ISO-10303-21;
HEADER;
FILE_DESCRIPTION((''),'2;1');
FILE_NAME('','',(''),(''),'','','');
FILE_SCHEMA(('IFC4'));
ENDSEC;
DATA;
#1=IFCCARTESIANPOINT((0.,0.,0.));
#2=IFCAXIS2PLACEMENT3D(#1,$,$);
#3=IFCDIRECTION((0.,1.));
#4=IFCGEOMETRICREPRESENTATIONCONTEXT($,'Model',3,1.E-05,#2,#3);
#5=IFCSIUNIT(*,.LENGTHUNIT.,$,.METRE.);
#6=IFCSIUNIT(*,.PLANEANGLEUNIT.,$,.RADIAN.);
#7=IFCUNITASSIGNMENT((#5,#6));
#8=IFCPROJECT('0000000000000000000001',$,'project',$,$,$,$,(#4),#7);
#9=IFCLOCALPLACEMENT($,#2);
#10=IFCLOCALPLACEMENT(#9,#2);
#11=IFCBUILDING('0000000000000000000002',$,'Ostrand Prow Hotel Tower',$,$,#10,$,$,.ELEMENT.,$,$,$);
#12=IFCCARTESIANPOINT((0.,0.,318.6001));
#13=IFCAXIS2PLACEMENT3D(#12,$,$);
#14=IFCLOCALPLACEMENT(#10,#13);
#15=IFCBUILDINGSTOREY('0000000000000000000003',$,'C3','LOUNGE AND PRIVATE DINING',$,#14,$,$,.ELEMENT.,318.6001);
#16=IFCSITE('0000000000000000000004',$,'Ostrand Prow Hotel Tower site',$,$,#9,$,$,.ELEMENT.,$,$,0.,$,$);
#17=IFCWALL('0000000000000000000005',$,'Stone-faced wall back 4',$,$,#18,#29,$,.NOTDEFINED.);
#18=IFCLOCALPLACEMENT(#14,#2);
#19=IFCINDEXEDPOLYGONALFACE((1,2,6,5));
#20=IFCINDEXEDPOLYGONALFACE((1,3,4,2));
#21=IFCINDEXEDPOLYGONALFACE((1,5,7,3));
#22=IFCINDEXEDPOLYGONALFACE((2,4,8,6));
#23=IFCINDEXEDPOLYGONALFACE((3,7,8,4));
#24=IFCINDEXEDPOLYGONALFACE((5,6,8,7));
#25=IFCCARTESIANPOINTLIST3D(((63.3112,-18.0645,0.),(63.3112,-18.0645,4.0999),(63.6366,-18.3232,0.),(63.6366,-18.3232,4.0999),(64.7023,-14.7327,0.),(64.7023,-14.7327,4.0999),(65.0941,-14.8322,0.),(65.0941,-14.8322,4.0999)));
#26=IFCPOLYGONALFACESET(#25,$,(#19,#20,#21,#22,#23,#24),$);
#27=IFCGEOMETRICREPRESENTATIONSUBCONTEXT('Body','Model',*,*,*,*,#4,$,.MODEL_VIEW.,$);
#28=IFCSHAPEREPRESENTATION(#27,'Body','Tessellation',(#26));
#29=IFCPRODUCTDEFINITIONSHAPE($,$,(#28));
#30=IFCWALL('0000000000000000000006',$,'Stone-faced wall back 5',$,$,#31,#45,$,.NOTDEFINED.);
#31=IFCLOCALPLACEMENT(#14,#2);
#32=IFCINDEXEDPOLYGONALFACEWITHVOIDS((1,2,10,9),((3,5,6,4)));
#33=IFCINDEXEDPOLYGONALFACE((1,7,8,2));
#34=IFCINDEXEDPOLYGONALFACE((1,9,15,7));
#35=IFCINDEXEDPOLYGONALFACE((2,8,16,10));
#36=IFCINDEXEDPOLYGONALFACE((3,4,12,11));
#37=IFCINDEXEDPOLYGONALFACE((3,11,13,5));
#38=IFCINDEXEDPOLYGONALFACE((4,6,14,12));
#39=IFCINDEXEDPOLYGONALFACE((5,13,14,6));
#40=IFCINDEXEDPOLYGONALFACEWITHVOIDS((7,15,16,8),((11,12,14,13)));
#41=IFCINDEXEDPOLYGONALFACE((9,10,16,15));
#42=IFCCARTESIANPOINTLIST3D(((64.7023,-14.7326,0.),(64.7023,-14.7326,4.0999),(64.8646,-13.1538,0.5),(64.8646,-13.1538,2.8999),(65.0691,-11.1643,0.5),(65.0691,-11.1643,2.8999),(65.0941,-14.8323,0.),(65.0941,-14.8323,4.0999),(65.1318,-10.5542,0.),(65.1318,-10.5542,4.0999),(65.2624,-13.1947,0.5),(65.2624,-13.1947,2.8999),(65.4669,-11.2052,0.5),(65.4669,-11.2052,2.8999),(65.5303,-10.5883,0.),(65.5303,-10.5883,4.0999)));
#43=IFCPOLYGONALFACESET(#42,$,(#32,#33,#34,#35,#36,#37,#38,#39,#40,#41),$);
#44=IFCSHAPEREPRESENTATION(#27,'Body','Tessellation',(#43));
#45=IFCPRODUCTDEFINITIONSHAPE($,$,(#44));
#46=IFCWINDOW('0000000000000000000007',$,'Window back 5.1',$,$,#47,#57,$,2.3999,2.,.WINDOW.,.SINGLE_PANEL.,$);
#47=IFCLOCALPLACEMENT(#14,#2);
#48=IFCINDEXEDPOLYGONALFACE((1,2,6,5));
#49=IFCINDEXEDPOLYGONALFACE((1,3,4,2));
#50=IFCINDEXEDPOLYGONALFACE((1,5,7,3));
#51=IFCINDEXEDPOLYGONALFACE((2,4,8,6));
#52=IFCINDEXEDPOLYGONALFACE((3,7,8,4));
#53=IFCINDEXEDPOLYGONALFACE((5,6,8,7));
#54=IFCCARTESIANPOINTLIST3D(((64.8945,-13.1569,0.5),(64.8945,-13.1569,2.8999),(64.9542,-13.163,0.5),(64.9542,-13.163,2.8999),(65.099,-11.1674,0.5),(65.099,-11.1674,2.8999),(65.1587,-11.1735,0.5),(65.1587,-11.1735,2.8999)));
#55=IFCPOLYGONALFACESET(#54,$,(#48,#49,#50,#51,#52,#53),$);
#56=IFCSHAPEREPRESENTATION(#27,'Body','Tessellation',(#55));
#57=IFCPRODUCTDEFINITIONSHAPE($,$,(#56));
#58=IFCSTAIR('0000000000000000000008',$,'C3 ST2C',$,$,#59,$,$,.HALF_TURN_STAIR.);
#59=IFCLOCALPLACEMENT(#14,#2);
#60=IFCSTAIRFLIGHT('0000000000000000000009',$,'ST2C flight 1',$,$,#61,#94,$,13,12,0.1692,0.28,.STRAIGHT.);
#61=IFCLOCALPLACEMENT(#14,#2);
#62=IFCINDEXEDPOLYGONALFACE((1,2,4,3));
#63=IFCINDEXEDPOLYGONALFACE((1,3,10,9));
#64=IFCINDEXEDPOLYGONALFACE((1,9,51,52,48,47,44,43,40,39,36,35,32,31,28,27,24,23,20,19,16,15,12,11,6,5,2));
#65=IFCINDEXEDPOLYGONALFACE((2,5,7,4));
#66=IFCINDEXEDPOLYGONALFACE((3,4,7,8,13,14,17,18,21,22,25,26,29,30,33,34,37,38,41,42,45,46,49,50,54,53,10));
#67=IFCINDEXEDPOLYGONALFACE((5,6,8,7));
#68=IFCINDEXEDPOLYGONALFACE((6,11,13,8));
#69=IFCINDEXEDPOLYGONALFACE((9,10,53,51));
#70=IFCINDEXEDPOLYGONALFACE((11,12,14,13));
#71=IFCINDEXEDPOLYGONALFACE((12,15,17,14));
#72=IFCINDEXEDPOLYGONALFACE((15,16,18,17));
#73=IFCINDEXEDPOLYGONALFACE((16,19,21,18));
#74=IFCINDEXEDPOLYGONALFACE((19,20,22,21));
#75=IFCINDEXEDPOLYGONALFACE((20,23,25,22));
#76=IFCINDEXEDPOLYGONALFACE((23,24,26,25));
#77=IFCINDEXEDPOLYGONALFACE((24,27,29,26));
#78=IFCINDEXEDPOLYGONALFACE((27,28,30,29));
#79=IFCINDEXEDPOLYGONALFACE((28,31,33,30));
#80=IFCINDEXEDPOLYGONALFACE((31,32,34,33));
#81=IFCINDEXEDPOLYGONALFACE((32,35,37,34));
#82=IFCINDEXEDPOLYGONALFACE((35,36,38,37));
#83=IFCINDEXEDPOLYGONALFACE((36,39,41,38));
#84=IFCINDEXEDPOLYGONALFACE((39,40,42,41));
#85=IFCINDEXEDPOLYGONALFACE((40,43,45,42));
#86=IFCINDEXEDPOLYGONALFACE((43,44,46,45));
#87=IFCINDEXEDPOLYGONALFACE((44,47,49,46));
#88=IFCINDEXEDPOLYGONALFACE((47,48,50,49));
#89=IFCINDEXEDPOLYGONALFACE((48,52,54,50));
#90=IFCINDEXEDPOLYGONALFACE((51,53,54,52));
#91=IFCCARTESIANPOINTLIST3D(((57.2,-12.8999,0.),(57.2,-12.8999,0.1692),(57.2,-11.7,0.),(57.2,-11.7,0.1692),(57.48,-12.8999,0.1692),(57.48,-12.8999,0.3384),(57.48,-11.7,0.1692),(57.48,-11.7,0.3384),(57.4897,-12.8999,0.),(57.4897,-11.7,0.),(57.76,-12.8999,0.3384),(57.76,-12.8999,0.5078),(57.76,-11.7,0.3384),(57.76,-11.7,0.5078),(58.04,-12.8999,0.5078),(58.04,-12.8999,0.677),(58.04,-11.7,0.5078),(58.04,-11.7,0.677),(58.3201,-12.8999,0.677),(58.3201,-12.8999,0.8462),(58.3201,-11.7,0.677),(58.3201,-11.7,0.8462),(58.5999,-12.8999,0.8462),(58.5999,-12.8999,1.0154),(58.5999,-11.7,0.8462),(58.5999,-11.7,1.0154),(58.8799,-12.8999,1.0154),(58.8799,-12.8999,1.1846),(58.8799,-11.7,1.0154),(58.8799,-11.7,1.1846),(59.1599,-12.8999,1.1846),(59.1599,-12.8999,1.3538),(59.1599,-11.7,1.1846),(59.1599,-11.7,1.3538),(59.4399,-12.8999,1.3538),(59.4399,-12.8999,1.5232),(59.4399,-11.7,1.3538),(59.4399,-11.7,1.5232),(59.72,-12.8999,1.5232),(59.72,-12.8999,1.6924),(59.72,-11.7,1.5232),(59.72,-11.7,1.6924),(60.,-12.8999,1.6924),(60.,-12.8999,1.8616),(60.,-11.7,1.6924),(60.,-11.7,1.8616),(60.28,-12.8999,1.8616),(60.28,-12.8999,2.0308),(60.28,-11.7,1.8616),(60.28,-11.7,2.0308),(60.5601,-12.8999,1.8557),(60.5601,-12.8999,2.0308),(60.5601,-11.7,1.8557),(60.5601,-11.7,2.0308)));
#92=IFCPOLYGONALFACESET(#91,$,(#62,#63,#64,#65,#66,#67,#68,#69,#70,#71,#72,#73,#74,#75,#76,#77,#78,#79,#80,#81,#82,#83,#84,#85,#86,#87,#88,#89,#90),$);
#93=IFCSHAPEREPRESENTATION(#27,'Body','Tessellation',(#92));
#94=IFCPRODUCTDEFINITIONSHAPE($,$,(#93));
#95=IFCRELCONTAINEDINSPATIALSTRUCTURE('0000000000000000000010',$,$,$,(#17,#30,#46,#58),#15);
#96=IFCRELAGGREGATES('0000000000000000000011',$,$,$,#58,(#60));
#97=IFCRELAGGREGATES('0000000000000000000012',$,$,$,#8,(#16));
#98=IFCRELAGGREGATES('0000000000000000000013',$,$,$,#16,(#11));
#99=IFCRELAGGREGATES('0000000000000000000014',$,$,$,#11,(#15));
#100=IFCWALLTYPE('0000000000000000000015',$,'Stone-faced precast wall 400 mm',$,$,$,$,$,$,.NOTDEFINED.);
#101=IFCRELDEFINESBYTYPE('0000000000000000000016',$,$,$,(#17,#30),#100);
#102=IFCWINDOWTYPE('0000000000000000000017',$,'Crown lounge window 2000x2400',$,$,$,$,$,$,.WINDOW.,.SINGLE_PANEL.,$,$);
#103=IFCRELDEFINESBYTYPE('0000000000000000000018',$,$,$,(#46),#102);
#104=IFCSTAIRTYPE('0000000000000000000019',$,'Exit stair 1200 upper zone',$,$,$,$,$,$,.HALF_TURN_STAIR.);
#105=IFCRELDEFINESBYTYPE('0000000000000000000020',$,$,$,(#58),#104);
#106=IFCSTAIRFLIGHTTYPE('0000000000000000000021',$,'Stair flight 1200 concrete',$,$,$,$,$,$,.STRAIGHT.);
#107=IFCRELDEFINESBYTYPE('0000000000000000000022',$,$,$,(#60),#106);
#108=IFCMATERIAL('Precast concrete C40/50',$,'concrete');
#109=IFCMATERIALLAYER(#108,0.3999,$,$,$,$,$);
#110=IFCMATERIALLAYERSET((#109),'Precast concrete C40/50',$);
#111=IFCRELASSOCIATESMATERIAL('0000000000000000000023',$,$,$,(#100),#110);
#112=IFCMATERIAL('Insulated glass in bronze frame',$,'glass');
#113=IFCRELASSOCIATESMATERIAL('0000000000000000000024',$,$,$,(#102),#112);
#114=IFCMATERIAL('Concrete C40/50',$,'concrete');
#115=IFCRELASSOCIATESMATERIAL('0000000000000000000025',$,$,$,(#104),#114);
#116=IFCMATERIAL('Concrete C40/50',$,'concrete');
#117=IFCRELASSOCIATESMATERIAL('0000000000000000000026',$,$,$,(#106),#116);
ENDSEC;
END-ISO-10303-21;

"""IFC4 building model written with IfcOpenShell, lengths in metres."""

from ifc_helpers import new_model, si_unit, direction, frame, frame_2d, origin, place, context, subcontext, project, spatial, polyline, rectangle, outline, extrude, material, layer, layer_set, type_object, element, fill, aggregate, save


model = new_model("IFC4")

# Units and contexts
model_context = context("Model", 3, precision=1e-05, world=origin(), true_north=direction((0.0, 1.0)))
body_context = subcontext(model_context, "Body", "Model", "MODEL_VIEW")
ifc_project = project(units=[si_unit("LENGTHUNIT", "METRE"), si_unit("PLANEANGLEUNIT", "RADIAN")], contexts=[model_context])

# Site, building, storey
site_placement = place(None, origin())
site = spatial("IfcSite", under=ifc_project, at=site_placement, Name="Ostrand Prow Hotel Tower site", CompositionType="ELEMENT", RefElevation=0.0)
building_placement = place(site_placement, origin())
building = spatial("IfcBuilding", under=site, at=building_placement, Name="Ostrand Prow Hotel Tower", CompositionType="ELEMENT")
storey_placement = place(building_placement, frame((0.0, 0.0, 318.6001)))
storey = spatial("IfcBuildingStorey", under=building, at=storey_placement, Name="C3", Description="LOUNGE AND PRIVATE DINING", CompositionType="ELEMENT", Elevation=318.6001)

# Wall
ifc_material_1 = material(Name="Precast concrete C40/50", Category="concrete")
ifc_layer_1 = layer(ifc_material_1, 0.3999)
ifc_layer_set_1 = layer_set([ifc_layer_1], Name="Precast concrete C40/50")
wall_type_1 = type_object("IfcWallType", Name="Stone-faced precast wall 400 mm", PredefinedType="NOTDEFINED", material=ifc_layer_set_1)
wall_1_placement = place(storey_placement, frame((63.4739, -18.1938, 0.0), z_axis=(0.0, 0.0, 1.0), x_axis=(0.385286, 0.922797, 0.0)))
element("IfcWall", 1, at=wall_1_placement, inside=storey, type_object=wall_type_1, Name="Stone-faced wall back 4", PredefinedType="NOTDEFINED", context=body_context, shape_type="SweptSolid", body=[
    extrude(outline(polyline([(-0.0566, -0.2), (3.7263, -0.2), (3.6672, 0.2), (0.0566, 0.2), (-0.0566, -0.2)])), origin(), (0.0, 0.0, 1.0), 4.0999),
])

# Wall, opening, window
wall_2_placement = place(storey_placement, frame((64.8982, -14.7825, 0.0), z_axis=(0.0, 0.0, 1.0), x_axis=(0.10225, 0.994759, 0.0)))
wall_2 = element("IfcWall", 2, at=wall_2_placement, inside=storey, type_object=wall_type_1, Name="Stone-faced wall back 5", PredefinedType="NOTDEFINED", context=body_context, shape_type="SweptSolid", body=[
    extrude(outline(polyline([(-0.0295, -0.2), (4.2368, -0.2), (4.23, 0.2), (0.0295, 0.2), (-0.0295, -0.2)])), origin(), (0.0, 0.0, 1.0), 4.0999),
])
opening_1_placement = place(wall_2_placement, frame((1.6167, 0.0, 0.5)))
opening_1 = element("IfcOpeningElement", 3, at=opening_1_placement, cuts=wall_2, PredefinedType="OPENING", context=body_context, shape_type="SweptSolid", body=[
    extrude(rectangle(XDim=2.0, YDim=2.3999, at=frame_2d((1.0, 1.2))), frame((0.0, 0.21, 0.0), z_axis=(0.0, -1.0, 0.0), x_axis=(1.0, 0.0, 0.0)), (0.0, 0.0, 1.0), 0.4199),
])
ifc_material_2 = material(Name="Insulated glass in bronze frame", Category="glass")
window_type = type_object("IfcWindowType", Name="Crown lounge window 2000x2400", PartitioningType="SINGLE_PANEL", PredefinedType="WINDOW", material=ifc_material_2)
window_placement = place(opening_1_placement, origin())
window = element("IfcWindow", 4, at=window_placement, inside=storey, type_object=window_type, Name="Window back 5.1", OverallHeight=2.3999, OverallWidth=2.0, PartitioningType="SINGLE_PANEL", PredefinedType="WINDOW", context=body_context, shape_type="SweptSolid", body=[
    extrude(rectangle(XDim=2.0, YDim=2.3999, at=frame_2d((1.0, 1.2))), frame((0.0, 0.1699, 0.0), z_axis=(0.0, -1.0, 0.0), x_axis=(1.0, 0.0, 0.0)), (0.0, 0.0, 1.0), 0.0601),
])
fill(opening_1, window)

# Stair, stair flight
ifc_material_3 = material(Name="Concrete C40/50", Category="concrete")
stair_type = type_object("IfcStairType", Name="Exit stair 1200 upper zone", PredefinedType="HALF_TURN_STAIR", material=ifc_material_3)
stair_placement = place(storey_placement, origin())
stair = element("IfcStair", 5, at=stair_placement, inside=storey, type_object=stair_type, Name="C3 ST2C", PredefinedType="HALF_TURN_STAIR")
ifc_material_4 = material(Name="Concrete C40/50", Category="concrete")
stair_flight_type = type_object("IfcStairFlightType", Name="Stair flight 1200 concrete", PredefinedType="STRAIGHT", material=ifc_material_4)
stair_flight_placement = place(storey_placement, frame((57.2, -12.3, 0.0), z_axis=(0.0, 0.0, 1.0), x_axis=(1.0, 0.0, 0.0)))
stair_flight = element("IfcStairFlight", 6, at=stair_flight_placement, type_object=stair_flight_type, Name="ST2C flight 1", NumberOfRisers=13, NumberOfTreads=12, PredefinedType="STRAIGHT", RiserHeight=0.1692, TreadLength=0.28, context=body_context, shape_type="SweptSolid", body=[
    extrude(outline(polyline([(0.0, 0.0), (0.0, 0.1692), (0.28, 0.1692), (0.28, 0.3384), (0.5601, 0.3384), (0.5601, 0.5078), (0.8401, 0.5078), (0.8401, 0.677), (1.1201, 0.677), (1.1201, 0.8462), (1.3999, 0.8462), (1.3999, 1.0154), (1.6799, 1.0154), (1.6799, 1.1846), (1.96, 1.1846), (1.96, 1.3538), (2.24, 1.3538), (2.24, 1.5232), (2.52, 1.5232), (2.52, 1.6924), (2.8, 1.6924), (2.8, 1.8616), (3.0801, 1.8616), (3.0801, 2.0308), (3.3601, 2.0308), (3.3601, 2.2), (3.3601, 1.8557), (0.2898, 0.0), (0.0, 0.0)])), frame((0.0, 0.6001, 0.0), z_axis=(0.0, -1.0, 0.0), x_axis=(1.0, 0.0, 0.0)), (0.0, 0.0, 1.0), 1.2),
])
aggregate(stair, [stair_flight])

save(model, "model.ifc")
